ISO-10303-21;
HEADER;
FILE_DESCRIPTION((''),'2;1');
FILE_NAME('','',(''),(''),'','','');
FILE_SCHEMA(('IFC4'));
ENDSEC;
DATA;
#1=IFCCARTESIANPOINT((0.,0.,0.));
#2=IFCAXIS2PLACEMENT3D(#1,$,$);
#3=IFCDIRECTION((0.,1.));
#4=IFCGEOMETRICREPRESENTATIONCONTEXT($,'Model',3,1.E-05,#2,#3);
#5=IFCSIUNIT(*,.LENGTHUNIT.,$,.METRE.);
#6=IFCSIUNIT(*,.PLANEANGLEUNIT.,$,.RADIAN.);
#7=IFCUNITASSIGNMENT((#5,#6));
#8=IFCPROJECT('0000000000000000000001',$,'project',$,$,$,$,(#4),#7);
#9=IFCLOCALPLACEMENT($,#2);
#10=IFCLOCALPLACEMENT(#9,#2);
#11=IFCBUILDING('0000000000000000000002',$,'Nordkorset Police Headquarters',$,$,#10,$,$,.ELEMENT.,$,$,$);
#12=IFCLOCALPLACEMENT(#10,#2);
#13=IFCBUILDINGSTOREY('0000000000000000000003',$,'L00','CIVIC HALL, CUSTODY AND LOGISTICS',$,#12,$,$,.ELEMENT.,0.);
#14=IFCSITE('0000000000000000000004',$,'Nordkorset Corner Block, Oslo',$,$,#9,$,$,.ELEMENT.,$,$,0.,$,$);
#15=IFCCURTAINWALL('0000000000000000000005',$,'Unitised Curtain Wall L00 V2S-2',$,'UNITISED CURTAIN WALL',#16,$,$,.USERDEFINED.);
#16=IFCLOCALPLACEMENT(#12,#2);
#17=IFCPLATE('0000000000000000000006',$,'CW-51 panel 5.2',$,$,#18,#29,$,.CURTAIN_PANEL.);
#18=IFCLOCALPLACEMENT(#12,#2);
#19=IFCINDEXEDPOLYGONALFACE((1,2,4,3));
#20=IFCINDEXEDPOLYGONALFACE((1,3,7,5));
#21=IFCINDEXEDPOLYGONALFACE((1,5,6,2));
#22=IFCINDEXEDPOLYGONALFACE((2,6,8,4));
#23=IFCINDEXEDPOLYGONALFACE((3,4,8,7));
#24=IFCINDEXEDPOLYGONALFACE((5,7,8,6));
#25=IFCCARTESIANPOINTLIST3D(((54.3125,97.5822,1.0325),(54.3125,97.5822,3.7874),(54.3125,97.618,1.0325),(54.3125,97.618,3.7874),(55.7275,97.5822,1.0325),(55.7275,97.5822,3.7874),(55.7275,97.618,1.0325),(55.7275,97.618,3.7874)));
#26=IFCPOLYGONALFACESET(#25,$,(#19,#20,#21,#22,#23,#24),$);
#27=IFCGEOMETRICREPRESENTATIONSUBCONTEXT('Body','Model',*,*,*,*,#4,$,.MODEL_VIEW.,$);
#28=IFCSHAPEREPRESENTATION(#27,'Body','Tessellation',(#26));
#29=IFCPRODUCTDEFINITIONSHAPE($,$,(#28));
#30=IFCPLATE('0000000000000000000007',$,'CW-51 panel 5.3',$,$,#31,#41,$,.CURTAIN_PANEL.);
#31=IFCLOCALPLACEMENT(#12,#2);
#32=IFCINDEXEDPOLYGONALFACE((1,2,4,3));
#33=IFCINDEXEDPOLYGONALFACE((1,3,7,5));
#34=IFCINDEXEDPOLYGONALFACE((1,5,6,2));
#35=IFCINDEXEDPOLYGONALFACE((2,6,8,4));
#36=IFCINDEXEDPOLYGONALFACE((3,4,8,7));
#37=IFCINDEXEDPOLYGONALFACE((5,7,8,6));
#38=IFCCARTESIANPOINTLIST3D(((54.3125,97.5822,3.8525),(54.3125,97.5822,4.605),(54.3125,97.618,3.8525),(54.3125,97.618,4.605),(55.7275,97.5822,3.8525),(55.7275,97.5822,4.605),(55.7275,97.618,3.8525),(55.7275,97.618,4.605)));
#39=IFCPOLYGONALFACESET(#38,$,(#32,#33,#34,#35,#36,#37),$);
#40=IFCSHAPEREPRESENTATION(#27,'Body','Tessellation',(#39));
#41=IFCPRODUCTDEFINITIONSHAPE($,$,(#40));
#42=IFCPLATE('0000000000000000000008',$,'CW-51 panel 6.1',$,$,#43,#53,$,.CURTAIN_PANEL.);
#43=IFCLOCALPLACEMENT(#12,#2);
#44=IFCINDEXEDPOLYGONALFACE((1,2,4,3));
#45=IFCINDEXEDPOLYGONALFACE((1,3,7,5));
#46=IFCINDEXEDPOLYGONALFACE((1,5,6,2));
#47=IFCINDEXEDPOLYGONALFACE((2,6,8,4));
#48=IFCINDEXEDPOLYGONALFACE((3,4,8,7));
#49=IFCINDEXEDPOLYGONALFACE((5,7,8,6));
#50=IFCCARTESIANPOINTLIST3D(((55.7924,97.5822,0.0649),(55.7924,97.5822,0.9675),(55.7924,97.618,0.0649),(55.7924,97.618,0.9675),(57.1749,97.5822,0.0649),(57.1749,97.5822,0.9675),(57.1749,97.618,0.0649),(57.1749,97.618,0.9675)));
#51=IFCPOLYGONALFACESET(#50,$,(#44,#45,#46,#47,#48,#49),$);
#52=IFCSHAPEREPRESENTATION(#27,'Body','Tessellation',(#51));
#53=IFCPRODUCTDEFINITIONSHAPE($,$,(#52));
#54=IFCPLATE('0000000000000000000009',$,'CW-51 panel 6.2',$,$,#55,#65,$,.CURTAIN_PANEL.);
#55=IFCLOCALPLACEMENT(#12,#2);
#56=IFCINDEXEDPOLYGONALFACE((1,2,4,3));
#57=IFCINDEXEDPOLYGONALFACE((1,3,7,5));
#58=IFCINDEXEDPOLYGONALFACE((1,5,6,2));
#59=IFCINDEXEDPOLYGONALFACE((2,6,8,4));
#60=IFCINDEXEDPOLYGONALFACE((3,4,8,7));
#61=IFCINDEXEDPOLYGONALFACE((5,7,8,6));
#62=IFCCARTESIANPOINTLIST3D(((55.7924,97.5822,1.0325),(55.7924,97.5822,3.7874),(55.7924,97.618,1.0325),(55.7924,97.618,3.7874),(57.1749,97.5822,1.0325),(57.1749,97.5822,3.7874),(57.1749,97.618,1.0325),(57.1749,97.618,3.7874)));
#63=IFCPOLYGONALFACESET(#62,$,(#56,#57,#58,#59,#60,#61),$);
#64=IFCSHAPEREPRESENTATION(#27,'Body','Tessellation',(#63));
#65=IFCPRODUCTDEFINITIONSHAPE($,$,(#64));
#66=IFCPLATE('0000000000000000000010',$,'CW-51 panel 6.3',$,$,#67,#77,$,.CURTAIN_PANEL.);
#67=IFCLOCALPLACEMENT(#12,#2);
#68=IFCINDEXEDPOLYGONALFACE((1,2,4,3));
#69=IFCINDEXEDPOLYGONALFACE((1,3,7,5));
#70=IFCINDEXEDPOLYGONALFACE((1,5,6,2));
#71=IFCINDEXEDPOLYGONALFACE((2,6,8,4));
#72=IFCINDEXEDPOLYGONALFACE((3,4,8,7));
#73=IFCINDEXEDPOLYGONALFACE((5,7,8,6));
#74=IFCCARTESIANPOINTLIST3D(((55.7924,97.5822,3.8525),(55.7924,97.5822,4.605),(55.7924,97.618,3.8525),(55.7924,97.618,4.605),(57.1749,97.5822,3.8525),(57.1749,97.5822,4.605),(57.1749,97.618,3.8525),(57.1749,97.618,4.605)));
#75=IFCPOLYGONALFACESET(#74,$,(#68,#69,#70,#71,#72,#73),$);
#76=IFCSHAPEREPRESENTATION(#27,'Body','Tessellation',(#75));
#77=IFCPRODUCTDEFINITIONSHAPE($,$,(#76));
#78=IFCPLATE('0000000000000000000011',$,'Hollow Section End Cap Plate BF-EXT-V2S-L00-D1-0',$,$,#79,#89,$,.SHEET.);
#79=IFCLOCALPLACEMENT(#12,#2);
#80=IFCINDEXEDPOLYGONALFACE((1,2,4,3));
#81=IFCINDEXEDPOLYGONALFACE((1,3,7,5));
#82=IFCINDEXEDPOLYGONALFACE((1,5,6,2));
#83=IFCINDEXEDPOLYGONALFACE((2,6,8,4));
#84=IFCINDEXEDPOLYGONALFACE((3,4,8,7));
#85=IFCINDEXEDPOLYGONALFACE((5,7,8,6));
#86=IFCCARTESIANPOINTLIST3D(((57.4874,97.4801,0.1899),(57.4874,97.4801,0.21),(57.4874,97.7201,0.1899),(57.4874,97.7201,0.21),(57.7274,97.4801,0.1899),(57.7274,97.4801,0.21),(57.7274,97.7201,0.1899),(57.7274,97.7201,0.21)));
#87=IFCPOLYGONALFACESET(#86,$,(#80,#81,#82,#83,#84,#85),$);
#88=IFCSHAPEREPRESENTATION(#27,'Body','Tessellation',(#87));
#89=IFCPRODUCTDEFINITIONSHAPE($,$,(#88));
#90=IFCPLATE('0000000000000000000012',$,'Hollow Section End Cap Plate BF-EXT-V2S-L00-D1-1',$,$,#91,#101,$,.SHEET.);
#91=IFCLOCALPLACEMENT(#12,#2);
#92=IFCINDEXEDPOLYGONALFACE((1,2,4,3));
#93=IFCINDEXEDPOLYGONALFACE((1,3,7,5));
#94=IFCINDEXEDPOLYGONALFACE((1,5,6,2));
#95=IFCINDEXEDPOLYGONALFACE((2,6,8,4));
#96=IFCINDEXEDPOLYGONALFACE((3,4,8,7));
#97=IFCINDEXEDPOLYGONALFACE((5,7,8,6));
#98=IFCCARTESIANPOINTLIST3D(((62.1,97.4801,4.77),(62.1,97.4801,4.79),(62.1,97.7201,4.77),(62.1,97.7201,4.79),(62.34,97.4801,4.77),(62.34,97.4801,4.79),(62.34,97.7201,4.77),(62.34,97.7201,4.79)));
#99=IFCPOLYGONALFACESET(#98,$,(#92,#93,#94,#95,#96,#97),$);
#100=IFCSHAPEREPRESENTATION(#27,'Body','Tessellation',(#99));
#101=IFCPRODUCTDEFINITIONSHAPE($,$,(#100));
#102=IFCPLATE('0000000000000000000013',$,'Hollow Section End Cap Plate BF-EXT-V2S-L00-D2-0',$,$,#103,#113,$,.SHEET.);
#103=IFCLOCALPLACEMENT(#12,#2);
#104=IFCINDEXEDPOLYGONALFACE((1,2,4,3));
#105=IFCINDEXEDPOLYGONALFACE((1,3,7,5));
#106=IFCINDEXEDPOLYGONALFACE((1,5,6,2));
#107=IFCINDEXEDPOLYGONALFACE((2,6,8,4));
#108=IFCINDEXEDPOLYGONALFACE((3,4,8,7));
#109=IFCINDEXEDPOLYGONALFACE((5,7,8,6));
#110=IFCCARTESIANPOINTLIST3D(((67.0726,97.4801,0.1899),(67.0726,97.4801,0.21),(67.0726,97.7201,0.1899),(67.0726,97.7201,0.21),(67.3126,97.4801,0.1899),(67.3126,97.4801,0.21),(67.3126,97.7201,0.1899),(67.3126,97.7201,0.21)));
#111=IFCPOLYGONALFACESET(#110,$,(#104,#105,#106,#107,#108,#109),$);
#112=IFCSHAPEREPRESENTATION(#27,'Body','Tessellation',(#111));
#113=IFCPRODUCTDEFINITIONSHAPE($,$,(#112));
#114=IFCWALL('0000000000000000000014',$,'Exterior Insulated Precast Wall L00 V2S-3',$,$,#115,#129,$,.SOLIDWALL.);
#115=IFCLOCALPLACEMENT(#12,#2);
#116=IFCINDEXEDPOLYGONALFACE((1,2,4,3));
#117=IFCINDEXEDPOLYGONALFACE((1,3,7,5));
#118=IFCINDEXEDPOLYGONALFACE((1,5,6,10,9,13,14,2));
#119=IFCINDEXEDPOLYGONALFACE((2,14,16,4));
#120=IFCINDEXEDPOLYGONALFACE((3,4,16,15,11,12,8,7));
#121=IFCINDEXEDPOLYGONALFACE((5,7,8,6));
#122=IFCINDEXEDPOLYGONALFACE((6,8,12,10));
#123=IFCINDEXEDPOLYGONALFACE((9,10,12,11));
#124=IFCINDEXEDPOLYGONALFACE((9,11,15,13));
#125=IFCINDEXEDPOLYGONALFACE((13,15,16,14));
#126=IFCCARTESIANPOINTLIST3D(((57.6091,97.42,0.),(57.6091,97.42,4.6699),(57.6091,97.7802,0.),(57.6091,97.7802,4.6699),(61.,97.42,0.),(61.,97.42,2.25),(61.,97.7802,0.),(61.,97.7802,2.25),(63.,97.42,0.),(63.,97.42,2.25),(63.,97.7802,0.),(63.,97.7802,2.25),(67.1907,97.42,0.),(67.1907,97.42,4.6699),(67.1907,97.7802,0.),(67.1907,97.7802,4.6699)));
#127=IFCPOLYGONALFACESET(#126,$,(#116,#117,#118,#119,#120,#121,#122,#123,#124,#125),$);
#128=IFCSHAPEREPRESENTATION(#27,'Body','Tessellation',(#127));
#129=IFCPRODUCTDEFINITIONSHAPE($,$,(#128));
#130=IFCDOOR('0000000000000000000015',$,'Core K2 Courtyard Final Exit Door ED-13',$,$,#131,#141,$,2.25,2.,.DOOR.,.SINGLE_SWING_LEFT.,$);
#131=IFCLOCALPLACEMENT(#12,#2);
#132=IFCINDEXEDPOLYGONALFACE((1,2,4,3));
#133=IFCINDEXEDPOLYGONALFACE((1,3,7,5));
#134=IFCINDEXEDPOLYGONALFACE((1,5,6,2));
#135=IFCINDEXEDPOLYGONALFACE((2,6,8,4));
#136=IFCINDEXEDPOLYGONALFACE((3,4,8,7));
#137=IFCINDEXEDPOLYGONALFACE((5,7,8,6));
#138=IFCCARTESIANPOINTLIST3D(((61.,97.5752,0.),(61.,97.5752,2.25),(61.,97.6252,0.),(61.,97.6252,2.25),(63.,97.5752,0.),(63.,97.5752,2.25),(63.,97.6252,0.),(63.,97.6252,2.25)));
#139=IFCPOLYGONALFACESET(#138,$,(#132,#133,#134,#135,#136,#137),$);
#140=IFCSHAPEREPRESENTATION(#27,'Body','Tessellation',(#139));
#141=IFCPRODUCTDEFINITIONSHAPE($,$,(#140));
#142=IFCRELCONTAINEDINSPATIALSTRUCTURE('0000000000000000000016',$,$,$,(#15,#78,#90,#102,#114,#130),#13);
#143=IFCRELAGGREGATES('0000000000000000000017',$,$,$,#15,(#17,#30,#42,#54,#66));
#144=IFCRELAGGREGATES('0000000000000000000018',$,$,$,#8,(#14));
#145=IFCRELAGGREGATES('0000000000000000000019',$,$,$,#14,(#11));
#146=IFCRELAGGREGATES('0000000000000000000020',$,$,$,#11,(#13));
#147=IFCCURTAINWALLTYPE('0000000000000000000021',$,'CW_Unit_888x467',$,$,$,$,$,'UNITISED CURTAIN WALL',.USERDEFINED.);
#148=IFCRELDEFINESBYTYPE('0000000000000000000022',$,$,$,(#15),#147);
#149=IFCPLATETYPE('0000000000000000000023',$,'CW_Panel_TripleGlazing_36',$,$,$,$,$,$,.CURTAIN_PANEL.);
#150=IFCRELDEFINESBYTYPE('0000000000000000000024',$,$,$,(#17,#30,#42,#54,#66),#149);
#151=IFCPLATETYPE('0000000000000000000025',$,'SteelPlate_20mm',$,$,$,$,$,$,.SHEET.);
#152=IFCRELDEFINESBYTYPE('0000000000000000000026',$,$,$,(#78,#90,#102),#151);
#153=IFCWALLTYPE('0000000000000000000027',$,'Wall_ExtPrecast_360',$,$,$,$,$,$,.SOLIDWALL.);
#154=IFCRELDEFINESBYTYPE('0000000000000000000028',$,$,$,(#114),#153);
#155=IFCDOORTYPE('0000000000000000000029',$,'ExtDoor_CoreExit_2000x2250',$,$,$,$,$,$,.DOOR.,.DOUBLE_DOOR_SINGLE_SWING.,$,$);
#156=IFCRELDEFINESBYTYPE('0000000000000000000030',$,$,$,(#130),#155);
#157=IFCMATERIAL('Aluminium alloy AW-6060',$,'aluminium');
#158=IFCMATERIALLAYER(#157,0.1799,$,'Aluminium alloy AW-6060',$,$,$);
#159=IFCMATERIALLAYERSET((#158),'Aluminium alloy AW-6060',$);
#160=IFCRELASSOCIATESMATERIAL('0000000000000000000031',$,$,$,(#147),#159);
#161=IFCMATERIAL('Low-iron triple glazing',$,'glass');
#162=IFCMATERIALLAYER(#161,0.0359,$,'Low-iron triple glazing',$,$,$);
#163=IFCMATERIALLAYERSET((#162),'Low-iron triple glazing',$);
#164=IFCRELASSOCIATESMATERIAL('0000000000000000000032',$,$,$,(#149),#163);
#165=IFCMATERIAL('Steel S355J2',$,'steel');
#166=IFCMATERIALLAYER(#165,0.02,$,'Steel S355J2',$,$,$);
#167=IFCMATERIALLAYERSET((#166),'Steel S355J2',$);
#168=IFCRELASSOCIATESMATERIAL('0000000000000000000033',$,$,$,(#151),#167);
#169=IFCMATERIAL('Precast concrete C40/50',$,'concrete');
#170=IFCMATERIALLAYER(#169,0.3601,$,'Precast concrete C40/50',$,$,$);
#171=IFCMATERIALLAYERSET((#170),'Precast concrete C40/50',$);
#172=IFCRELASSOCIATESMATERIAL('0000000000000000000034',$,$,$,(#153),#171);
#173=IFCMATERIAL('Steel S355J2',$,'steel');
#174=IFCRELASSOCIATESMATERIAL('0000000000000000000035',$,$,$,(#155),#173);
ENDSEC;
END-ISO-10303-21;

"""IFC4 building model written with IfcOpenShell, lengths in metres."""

from ifc_helpers import new_model, si_unit, direction, frame, frame_2d, origin, origin_2d, place, context, subcontext, project, spatial, rectangle, extrude, material, layer, layer_set, type_object, element, fill, aggregate, save


model = new_model("IFC4")

# Units and contexts
model_context = context("Model", 3, precision=1e-05, world=origin(), true_north=direction((0.0, 1.0)))
body_context = subcontext(model_context, "Body", "Model", "MODEL_VIEW")
ifc_project = project(units=[si_unit("LENGTHUNIT", "METRE"), si_unit("PLANEANGLEUNIT", "RADIAN")], contexts=[model_context])

# Site, building, storey
site_placement = place(None, origin())
site = spatial("IfcSite", under=ifc_project, at=site_placement, Name="Nordkorset Corner Block, Oslo", CompositionType="ELEMENT", RefElevation=0.0)
building_placement = place(site_placement, origin())
building = spatial("IfcBuilding", under=site, at=building_placement, Name="Nordkorset Police Headquarters", CompositionType="ELEMENT")
storey_placement = place(building_placement, origin())
storey = spatial("IfcBuildingStorey", under=building, at=storey_placement, Name="L00", Description="CIVIC HALL, CUSTODY AND LOGISTICS", CompositionType="ELEMENT", Elevation=0.0)

# Curtain wall
ifc_material_1 = material(Name="Aluminium alloy AW-6060", Category="aluminium")
ifc_layer_1 = layer(ifc_material_1, 0.1799, Name="Aluminium alloy AW-6060")
ifc_layer_set_1 = layer_set([ifc_layer_1], Name="Aluminium alloy AW-6060")
curtain_wall_type = type_object("IfcCurtainWallType", Name="CW_Unit_888x467", ElementType="UNITISED CURTAIN WALL", PredefinedType="USERDEFINED", material=ifc_layer_set_1)
curtain_wall_placement = place(storey_placement, origin())
curtain_wall = element("IfcCurtainWall", 1, at=curtain_wall_placement, inside=storey, type_object=curtain_wall_type, Name="Unitised Curtain Wall L00 V2S-2", ObjectType="UNITISED CURTAIN WALL", PredefinedType="USERDEFINED")

# Plates
ifc_material_2 = material(Name="Low-iron triple glazing", Category="glass")
ifc_layer_2 = layer(ifc_material_2, 0.0359, Name="Low-iron triple glazing")
ifc_layer_set_2 = layer_set([ifc_layer_2], Name="Low-iron triple glazing")
plate_type_1 = type_object("IfcPlateType", Name="CW_Panel_TripleGlazing_36", PredefinedType="CURTAIN_PANEL", material=ifc_layer_set_2)
plate_1_placement = place(storey_placement, frame((55.02, 97.6001, 1.0325), z_axis=(0.0, 0.0, 1.0), x_axis=(1.0, 0.0, 0.0)))
plate_1 = element("IfcPlate", 2, at=plate_1_placement, type_object=plate_type_1, Name="CW-51 panel 5.2", PredefinedType="CURTAIN_PANEL", context=body_context, shape_type="SweptSolid", body=[
    extrude(rectangle(XDim=1.415, YDim=0.0359, at=origin_2d()), origin(), (0.0, 0.0, 1.0), 2.7549),
])
plate_2_placement = place(storey_placement, frame((55.02, 97.6001, 3.8525), z_axis=(0.0, 0.0, 1.0), x_axis=(1.0, 0.0, 0.0)))
plate_2 = element("IfcPlate", 3, at=plate_2_placement, type_object=plate_type_1, Name="CW-51 panel 5.3", PredefinedType="CURTAIN_PANEL", context=body_context, shape_type="SweptSolid", body=[
    extrude(rectangle(XDim=1.415, YDim=0.0359, at=origin_2d()), origin(), (0.0, 0.0, 1.0), 0.7524),
])
plate_3_placement = place(storey_placement, frame((56.4836, 97.6001, 0.0649), z_axis=(0.0, 0.0, 1.0), x_axis=(1.0, 0.0, 0.0)))
plate_3 = element("IfcPlate", 4, at=plate_3_placement, type_object=plate_type_1, Name="CW-51 panel 6.1", PredefinedType="CURTAIN_PANEL", context=body_context, shape_type="SweptSolid", body=[
    extrude(rectangle(XDim=1.3826, YDim=0.0359, at=origin_2d()), origin(), (0.0, 0.0, 1.0), 0.9026),
])
plate_4_placement = place(storey_placement, frame((56.4836, 97.6001, 1.0325), z_axis=(0.0, 0.0, 1.0), x_axis=(1.0, 0.0, 0.0)))
plate_4 = element("IfcPlate", 5, at=plate_4_placement, type_object=plate_type_1, Name="CW-51 panel 6.2", PredefinedType="CURTAIN_PANEL", context=body_context, shape_type="SweptSolid", body=[
    extrude(rectangle(XDim=1.3826, YDim=0.0359, at=origin_2d()), origin(), (0.0, 0.0, 1.0), 2.7549),
])
plate_5_placement = place(storey_placement, frame((56.4836, 97.6001, 3.8525), z_axis=(0.0, 0.0, 1.0), x_axis=(1.0, 0.0, 0.0)))
plate_5 = element("IfcPlate", 6, at=plate_5_placement, type_object=plate_type_1, Name="CW-51 panel 6.3", PredefinedType="CURTAIN_PANEL", context=body_context, shape_type="SweptSolid", body=[
    extrude(rectangle(XDim=1.3826, YDim=0.0359, at=origin_2d()), origin(), (0.0, 0.0, 1.0), 0.7524),
])
aggregate(curtain_wall, [plate_1, plate_2, plate_3, plate_4, plate_5])

# Plates
ifc_material_3 = material(Name="Steel S355J2", Category="steel")
ifc_layer_3 = layer(ifc_material_3, 0.02, Name="Steel S355J2")
ifc_layer_set_3 = layer_set([ifc_layer_3], Name="Steel S355J2")
plate_type_2 = type_object("IfcPlateType", Name="SteelPlate_20mm", PredefinedType="SHEET", material=ifc_layer_set_3)
for number, where, z_axis, x_axis, name in (
    (7, (57.6074, 97.6001, 0.1899), (0.0, 0.0, 1.0), (1.0, 0.0, 0.0), "Hollow Section End Cap Plate BF-EXT-V2S-L00-D1-0"),
    (8, (62.22, 97.6001, 4.77), (0.0, 0.0, 1.0), (1.0, 0.0, 0.0), "Hollow Section End Cap Plate BF-EXT-V2S-L00-D1-1"),
    (9, (67.1926, 97.6001, 0.1899), (0.0, 0.0, 1.0), (1.0, 0.0, 0.0), "Hollow Section End Cap Plate BF-EXT-V2S-L00-D2-0"),
):
    element("IfcPlate", number, at=place(storey_placement, frame(where, z_axis=z_axis, x_axis=x_axis)), inside=storey, type_object=plate_type_2, Name=name, PredefinedType="SHEET", context=body_context, shape_type="SweptSolid", body=[
        extrude(rectangle(XDim=0.24, YDim=0.24, at=origin_2d()), origin(), (0.0, 0.0, 1.0), 0.02),
    ])

# Wall, opening, door
ifc_material_4 = material(Name="Precast concrete C40/50", Category="concrete")
ifc_layer_4 = layer(ifc_material_4, 0.3601, Name="Precast concrete C40/50")
ifc_layer_set_4 = layer_set([ifc_layer_4], Name="Precast concrete C40/50")
wall_type = type_object("IfcWallType", Name="Wall_ExtPrecast_360", PredefinedType="SOLIDWALL", material=ifc_layer_set_4)
wall_placement = place(storey_placement, frame((57.6091, 97.6001, 0.0), z_axis=(0.0, 0.0, 1.0), x_axis=(1.0, 0.0, 0.0)))
wall = element("IfcWall", 10, at=wall_placement, inside=storey, type_object=wall_type, Name="Exterior Insulated Precast Wall L00 V2S-3", PredefinedType="SOLIDWALL", context=body_context, shape_type="SweptSolid", body=[
    extrude(rectangle(XDim=9.5815, YDim=0.3601, at=frame_2d((4.7908, 0.0))), origin(), (0.0, 0.0, 1.0), 4.6699),
])
opening_placement = place(wall_placement, frame((3.3909, 0.0, 0.0)))
opening = element("IfcOpeningElement", 11, at=opening_placement, cuts=wall, PredefinedType="OPENING", context=body_context, shape_type="SweptSolid", body=[
    extrude(rectangle(XDim=2.0, YDim=2.25, at=frame_2d((1.0, 1.125))), frame((0.0, 0.1899, 0.0), z_axis=(0.0, -1.0, 0.0), x_axis=(1.0, 0.0, 0.0)), (0.0, 0.0, 1.0), 0.3801),
])
ifc_material_5 = material(Name="Steel S355J2", Category="steel")
door_type = type_object("IfcDoorType", Name="ExtDoor_CoreExit_2000x2250", OperationType="DOUBLE_DOOR_SINGLE_SWING", PredefinedType="DOOR", material=ifc_material_5)
door_placement = place(opening_placement, frame((2.0, 0.0, 0.0), z_axis=(0.0, 0.0, 1.0), x_axis=(-1.0, 0.0, 0.0)))
door = element("IfcDoor", 12, at=door_placement, inside=storey, type_object=door_type, Name="Core K2 Courtyard Final Exit Door ED-13", OperationType="SINGLE_SWING_LEFT", OverallHeight=2.25, OverallWidth=2.0, PredefinedType="DOOR", context=body_context, shape_type="SweptSolid", body=[
    extrude(rectangle(XDim=2.0, YDim=2.25, at=frame_2d((1.0, 1.125))), frame((0.0, 0.0249, 0.0), z_axis=(0.0, -1.0, 0.0), x_axis=(1.0, 0.0, 0.0)), (0.0, 0.0, 1.0), 0.05),
])
fill(opening, door)

save(model, "model.ifc")
